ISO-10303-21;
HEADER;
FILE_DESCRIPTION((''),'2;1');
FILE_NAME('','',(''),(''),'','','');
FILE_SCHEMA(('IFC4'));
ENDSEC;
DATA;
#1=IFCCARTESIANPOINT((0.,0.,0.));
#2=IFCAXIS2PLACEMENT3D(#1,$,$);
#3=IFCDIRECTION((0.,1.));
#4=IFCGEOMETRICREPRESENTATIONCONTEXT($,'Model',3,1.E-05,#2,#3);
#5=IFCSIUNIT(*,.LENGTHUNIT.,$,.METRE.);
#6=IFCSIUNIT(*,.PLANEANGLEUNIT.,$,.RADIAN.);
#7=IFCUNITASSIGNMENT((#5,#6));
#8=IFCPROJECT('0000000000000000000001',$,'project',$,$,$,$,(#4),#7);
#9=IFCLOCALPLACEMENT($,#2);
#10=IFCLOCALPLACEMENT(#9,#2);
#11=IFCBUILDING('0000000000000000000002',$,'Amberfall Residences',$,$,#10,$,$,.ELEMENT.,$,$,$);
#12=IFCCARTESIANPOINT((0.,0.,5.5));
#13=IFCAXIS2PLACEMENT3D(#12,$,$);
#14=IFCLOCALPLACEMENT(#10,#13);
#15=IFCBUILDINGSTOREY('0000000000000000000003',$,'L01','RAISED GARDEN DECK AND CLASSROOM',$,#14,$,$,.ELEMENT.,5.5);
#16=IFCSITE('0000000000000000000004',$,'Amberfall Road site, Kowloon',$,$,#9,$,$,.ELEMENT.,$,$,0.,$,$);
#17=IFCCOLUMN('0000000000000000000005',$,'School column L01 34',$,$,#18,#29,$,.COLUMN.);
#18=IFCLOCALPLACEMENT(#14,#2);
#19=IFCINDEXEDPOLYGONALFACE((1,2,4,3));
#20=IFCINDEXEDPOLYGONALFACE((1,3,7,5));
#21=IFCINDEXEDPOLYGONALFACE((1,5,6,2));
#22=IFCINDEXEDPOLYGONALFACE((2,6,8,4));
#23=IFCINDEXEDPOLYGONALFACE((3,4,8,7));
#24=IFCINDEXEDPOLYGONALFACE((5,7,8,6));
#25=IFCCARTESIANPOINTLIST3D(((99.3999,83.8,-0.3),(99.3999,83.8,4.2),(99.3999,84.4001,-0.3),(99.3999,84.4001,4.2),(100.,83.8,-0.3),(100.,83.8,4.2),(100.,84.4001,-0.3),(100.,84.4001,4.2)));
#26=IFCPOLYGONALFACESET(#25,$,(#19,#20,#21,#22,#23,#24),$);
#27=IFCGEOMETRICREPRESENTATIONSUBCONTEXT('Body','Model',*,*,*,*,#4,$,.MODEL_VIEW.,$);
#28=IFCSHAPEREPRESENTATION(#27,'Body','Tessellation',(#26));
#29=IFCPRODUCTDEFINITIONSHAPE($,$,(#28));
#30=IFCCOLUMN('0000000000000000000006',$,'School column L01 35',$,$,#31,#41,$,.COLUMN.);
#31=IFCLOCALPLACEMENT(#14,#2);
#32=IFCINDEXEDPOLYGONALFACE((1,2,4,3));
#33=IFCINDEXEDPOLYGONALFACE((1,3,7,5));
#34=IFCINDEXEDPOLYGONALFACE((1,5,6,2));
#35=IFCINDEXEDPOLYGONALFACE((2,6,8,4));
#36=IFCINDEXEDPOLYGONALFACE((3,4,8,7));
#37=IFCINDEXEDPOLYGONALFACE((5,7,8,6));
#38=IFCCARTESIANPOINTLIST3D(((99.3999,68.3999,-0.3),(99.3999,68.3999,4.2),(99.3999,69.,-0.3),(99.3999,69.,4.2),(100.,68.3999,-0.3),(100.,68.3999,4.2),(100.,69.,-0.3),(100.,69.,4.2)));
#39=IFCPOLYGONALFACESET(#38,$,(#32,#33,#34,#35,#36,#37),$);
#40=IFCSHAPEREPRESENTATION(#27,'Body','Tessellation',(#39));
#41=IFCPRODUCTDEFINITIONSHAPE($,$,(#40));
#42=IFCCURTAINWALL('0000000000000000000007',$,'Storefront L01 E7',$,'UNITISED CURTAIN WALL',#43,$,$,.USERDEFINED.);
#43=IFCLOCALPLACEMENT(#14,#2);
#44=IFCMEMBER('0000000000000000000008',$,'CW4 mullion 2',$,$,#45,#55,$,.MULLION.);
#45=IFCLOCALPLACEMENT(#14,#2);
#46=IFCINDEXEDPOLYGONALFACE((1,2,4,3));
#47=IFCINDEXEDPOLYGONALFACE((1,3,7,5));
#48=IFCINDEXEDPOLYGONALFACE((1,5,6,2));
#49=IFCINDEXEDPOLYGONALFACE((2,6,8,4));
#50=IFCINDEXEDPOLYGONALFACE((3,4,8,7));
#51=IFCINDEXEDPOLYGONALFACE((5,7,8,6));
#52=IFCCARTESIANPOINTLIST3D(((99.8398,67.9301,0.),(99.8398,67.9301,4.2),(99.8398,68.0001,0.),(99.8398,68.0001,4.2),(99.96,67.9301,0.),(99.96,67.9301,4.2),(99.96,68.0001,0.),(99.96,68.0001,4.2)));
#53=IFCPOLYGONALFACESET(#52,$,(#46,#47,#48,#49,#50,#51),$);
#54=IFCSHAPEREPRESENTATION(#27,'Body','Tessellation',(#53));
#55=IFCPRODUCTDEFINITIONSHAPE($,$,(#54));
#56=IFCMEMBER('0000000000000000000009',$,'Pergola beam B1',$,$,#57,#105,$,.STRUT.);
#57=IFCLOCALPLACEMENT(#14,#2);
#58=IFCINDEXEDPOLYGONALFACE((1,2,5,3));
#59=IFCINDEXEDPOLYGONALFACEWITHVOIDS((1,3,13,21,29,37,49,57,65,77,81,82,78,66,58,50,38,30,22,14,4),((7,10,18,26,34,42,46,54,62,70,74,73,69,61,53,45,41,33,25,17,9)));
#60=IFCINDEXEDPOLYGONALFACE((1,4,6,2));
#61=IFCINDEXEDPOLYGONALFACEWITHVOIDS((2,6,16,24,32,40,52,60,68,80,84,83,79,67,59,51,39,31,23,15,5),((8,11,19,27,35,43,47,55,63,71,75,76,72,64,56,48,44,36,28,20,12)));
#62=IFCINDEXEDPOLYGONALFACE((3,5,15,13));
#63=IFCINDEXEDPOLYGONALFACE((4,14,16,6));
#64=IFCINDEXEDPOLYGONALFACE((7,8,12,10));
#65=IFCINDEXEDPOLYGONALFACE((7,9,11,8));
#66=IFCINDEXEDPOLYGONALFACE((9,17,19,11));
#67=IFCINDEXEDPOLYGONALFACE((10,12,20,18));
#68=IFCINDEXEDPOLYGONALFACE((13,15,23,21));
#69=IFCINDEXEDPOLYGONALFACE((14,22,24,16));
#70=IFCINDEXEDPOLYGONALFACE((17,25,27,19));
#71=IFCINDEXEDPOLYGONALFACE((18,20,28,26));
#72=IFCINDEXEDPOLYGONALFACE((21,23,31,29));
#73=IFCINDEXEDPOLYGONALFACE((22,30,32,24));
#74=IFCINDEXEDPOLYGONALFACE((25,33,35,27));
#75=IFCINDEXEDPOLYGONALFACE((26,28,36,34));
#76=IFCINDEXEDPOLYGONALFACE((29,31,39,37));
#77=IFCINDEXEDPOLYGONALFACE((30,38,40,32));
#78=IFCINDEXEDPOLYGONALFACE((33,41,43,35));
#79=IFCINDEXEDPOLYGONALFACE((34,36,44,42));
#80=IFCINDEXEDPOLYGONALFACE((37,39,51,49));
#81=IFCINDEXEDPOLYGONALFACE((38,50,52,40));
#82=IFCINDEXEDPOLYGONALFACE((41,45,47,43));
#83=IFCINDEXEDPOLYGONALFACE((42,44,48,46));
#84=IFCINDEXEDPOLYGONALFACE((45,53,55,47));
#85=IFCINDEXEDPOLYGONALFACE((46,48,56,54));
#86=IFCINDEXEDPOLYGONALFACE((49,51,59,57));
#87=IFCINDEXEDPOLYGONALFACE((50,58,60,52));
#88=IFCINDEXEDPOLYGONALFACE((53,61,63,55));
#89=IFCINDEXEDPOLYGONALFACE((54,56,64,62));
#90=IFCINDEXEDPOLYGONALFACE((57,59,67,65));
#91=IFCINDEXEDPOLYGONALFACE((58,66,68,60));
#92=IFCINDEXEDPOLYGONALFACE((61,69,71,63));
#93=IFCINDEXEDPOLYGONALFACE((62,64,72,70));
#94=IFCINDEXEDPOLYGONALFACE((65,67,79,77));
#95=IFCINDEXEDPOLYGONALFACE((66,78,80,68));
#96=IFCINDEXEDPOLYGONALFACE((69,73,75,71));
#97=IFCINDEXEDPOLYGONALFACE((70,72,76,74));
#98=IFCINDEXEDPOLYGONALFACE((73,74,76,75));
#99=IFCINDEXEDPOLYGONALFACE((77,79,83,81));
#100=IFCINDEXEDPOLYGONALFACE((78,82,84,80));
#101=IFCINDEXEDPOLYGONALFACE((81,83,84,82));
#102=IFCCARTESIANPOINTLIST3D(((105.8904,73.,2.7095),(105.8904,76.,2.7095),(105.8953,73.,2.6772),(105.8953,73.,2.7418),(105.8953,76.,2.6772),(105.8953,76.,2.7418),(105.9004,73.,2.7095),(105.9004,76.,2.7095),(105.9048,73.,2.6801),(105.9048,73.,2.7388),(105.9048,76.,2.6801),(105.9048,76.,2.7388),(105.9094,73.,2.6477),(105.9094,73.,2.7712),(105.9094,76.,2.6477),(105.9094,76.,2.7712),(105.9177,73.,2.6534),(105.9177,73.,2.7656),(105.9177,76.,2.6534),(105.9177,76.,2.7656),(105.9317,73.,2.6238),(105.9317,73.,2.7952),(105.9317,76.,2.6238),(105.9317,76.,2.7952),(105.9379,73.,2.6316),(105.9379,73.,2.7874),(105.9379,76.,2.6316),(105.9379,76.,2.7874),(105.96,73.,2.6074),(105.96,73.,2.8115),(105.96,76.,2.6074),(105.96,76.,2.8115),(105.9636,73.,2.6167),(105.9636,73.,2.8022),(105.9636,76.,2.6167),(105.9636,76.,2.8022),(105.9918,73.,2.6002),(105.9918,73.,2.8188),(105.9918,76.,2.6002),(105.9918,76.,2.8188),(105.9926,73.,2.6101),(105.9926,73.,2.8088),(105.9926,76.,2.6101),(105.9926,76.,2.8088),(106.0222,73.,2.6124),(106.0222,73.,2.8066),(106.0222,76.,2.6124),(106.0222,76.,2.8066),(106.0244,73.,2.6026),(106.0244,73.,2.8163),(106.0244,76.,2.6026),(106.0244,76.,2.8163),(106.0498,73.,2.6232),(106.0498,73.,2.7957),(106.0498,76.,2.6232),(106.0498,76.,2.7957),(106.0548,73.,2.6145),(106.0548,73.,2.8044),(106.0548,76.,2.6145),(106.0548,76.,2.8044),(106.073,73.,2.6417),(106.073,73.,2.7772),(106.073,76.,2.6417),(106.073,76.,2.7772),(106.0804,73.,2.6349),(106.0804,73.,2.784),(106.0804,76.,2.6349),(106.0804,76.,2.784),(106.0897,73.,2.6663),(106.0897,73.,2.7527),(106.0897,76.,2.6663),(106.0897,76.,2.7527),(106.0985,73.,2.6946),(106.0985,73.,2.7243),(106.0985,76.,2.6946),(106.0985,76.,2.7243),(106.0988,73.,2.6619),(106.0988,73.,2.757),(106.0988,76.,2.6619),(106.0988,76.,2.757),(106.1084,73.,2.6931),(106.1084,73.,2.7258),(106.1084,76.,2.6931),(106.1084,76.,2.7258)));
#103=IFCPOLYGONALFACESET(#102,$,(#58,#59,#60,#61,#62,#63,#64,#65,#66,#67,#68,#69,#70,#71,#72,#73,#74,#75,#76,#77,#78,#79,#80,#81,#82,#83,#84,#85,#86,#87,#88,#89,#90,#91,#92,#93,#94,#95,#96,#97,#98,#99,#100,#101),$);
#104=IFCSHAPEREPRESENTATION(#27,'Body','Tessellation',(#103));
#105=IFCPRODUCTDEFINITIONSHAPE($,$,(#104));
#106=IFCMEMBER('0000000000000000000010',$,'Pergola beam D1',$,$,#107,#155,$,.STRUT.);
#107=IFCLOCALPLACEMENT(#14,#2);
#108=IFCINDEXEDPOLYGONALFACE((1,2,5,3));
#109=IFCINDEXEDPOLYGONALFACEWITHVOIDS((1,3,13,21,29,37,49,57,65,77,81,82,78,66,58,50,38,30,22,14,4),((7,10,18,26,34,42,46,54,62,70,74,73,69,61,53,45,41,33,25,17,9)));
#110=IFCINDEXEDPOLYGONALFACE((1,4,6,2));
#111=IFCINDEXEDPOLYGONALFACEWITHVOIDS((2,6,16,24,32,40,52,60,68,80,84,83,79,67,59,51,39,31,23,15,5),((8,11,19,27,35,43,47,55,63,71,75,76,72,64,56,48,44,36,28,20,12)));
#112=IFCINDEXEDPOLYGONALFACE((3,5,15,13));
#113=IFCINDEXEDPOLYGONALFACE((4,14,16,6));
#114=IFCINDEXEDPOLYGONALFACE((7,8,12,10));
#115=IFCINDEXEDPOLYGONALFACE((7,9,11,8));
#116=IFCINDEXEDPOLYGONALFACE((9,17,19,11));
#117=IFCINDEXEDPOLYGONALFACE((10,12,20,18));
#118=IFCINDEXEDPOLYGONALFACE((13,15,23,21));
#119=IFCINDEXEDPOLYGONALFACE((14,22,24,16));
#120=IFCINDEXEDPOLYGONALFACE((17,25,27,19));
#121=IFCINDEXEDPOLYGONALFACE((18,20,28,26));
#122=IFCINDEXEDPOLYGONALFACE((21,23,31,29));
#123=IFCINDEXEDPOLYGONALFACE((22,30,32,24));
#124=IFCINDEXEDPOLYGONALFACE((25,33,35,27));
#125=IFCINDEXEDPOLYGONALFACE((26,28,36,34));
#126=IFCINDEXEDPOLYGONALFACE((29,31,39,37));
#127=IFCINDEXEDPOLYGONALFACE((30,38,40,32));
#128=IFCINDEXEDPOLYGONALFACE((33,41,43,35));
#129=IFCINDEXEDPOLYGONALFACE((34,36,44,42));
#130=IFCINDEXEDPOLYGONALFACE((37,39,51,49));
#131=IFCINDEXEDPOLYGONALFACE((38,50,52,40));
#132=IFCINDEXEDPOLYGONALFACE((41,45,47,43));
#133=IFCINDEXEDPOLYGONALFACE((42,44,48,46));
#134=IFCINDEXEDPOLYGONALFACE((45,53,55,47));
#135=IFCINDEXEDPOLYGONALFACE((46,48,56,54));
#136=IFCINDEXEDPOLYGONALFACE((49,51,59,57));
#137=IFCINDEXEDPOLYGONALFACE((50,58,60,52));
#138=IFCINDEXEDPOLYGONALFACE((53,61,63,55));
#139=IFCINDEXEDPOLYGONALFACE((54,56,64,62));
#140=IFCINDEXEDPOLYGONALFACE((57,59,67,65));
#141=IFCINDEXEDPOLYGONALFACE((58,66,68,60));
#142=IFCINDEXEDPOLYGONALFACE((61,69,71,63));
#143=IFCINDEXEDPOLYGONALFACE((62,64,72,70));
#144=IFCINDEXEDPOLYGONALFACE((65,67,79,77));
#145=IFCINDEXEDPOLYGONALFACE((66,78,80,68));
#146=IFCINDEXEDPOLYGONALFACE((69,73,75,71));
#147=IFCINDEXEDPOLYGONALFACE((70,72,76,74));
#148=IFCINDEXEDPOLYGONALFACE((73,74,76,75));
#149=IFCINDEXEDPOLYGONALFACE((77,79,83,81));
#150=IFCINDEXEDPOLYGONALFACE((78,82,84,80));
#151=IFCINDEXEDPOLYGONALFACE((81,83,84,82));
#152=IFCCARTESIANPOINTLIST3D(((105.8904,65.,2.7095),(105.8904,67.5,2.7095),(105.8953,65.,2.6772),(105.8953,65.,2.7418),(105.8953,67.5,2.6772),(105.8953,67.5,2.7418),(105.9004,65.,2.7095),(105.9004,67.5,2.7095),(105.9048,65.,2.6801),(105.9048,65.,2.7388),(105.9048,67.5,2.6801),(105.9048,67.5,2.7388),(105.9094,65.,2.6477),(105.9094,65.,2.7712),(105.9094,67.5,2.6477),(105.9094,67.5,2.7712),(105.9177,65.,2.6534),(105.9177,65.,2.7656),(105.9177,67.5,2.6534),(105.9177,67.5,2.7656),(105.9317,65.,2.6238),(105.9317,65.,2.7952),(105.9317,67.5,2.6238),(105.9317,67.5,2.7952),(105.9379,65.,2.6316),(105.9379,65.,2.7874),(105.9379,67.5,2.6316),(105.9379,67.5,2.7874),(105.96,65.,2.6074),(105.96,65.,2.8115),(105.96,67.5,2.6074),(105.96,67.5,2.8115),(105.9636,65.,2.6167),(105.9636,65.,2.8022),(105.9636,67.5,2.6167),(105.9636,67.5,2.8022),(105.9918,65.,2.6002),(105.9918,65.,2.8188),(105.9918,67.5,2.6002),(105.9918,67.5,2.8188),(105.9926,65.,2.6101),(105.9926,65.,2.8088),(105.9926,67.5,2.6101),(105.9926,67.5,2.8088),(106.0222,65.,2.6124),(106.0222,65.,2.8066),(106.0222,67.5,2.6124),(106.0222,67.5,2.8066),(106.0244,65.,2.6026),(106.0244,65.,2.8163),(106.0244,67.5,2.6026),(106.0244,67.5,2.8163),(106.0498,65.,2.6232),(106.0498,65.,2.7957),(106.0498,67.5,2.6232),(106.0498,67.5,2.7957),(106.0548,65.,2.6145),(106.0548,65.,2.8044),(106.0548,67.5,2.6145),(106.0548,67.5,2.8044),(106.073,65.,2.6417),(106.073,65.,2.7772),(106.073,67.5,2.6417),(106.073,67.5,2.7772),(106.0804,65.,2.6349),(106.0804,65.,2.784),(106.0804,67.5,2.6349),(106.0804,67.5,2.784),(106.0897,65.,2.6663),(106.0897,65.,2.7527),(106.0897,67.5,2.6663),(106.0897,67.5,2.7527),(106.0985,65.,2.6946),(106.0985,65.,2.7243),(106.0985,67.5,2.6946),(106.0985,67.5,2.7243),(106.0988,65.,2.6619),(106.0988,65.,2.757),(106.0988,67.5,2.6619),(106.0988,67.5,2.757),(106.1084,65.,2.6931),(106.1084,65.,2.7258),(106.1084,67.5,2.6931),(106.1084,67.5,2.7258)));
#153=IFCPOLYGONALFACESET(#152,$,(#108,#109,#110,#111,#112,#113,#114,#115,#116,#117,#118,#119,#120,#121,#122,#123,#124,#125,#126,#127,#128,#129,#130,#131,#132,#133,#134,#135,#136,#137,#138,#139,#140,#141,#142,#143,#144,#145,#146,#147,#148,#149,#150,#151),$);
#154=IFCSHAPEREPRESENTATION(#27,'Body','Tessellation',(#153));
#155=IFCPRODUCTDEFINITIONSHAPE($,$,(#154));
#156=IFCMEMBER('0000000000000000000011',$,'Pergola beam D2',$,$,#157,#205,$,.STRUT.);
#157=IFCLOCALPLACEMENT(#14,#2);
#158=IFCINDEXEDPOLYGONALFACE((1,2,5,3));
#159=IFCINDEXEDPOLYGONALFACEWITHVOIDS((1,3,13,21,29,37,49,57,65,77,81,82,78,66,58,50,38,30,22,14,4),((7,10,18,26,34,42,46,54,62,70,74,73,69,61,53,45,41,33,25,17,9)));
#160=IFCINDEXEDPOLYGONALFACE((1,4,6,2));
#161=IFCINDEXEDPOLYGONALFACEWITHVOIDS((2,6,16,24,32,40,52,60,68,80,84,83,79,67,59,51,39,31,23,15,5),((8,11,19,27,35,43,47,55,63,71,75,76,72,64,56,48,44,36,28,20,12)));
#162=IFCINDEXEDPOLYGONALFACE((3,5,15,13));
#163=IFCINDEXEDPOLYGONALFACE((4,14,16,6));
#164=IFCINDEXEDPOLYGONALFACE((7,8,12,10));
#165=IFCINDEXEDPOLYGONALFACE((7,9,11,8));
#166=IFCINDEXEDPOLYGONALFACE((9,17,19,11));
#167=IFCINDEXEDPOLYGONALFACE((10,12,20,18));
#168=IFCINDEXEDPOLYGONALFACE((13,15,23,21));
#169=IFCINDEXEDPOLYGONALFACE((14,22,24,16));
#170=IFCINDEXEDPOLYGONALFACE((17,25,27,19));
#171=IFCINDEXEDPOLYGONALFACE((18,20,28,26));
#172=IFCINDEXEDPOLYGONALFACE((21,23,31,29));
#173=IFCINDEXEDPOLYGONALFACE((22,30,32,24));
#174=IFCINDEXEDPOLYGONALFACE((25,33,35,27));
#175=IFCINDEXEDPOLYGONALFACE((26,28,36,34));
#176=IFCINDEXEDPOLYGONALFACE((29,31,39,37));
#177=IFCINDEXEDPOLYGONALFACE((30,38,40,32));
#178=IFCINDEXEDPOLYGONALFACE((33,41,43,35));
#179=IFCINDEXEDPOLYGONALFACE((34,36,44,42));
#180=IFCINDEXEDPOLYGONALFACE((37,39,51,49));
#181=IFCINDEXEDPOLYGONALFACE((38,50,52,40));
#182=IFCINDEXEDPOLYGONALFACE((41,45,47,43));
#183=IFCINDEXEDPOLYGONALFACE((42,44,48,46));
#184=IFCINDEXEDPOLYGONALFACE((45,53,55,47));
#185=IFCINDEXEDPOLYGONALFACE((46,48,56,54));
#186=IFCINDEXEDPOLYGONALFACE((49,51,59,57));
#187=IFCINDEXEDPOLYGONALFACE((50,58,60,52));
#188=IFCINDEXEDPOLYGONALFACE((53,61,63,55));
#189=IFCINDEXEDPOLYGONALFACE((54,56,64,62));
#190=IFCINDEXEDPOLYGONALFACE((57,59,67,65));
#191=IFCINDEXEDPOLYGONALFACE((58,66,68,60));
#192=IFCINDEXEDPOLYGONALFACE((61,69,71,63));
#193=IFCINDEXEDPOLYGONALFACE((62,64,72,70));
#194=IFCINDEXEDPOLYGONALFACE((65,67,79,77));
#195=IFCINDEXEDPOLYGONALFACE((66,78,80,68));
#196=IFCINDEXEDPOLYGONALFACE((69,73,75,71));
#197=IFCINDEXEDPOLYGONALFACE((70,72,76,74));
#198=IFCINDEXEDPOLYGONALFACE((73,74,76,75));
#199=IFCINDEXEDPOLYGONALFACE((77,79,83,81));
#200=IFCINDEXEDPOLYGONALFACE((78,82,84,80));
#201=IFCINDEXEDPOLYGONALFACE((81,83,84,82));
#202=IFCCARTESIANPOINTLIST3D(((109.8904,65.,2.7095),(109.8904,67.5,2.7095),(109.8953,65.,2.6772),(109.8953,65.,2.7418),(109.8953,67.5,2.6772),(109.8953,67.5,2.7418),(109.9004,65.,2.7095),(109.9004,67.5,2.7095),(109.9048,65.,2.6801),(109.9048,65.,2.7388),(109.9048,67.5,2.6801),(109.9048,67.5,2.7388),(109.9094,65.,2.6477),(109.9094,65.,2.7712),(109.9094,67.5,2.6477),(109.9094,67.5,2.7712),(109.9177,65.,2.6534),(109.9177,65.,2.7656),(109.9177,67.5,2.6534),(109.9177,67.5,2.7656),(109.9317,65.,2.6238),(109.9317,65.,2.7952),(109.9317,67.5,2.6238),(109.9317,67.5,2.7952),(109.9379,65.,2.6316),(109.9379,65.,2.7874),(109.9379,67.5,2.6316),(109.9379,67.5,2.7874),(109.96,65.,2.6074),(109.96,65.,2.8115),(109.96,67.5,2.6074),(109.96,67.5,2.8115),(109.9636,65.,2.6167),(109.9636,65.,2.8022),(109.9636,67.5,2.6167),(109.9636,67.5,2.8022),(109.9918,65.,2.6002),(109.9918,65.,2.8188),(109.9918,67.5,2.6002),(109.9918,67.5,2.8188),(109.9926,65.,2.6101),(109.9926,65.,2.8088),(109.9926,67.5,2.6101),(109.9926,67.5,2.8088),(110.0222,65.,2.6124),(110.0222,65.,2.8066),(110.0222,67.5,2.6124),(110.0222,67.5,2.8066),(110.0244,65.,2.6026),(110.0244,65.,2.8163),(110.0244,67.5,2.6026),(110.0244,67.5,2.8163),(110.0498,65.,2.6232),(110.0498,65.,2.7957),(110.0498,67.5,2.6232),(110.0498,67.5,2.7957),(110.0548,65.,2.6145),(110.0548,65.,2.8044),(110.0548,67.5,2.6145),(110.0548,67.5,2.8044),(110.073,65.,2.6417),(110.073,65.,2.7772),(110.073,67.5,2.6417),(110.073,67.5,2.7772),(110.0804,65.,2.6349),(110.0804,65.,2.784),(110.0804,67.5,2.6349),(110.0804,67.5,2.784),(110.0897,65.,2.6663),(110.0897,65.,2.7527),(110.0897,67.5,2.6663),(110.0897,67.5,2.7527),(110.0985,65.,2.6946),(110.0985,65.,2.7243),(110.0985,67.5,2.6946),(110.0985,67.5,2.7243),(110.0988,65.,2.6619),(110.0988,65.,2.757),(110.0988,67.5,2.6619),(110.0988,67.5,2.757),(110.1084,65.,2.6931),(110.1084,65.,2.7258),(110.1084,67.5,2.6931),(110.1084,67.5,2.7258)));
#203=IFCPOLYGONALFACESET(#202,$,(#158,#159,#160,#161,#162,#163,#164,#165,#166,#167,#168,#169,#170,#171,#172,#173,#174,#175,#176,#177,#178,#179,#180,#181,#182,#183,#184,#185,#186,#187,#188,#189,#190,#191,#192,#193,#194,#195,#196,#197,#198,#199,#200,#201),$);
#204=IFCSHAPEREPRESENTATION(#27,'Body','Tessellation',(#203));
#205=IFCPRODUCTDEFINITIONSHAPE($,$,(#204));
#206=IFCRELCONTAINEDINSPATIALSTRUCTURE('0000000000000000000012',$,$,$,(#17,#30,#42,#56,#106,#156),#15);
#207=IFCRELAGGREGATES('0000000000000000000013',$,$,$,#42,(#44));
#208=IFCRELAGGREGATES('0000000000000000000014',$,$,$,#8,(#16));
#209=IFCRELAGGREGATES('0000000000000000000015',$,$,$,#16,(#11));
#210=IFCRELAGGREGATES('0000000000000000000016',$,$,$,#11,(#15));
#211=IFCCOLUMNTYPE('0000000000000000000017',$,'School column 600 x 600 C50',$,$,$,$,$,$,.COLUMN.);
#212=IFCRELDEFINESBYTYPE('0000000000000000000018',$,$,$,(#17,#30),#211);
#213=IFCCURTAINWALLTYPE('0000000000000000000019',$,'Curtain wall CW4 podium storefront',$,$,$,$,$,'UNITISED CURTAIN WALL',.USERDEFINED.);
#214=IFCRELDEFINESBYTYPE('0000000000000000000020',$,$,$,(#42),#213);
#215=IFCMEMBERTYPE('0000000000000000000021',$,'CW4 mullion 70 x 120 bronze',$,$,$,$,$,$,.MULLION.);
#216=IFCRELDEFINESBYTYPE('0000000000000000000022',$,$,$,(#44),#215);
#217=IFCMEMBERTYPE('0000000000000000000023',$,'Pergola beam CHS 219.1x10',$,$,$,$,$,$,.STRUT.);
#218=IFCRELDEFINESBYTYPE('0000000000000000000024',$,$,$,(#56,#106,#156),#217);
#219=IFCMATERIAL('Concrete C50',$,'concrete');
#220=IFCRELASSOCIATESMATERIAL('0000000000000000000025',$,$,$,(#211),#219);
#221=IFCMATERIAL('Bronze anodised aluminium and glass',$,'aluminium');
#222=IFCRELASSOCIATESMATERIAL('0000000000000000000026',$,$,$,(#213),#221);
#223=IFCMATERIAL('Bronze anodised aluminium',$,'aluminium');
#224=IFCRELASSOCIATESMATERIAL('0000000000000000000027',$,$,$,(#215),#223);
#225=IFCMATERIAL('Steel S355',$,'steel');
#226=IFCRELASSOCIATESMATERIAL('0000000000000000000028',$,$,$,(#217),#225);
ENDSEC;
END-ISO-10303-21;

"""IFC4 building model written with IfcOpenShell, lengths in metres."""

from ifc_helpers import new_model, si_unit, direction, frame, origin, origin_2d, place, context, subcontext, project, spatial, rectangle, hollow_circle, extrude, material, material_profile, profile_set, type_object, element, aggregate, save


model = new_model("IFC4")

# Units and contexts
model_context = context("Model", 3, precision=1e-05, world=origin(), true_north=direction((0.0, 1.0)))
body_context = subcontext(model_context, "Body", "Model", "MODEL_VIEW")
ifc_project = project(units=[si_unit("LENGTHUNIT", "METRE"), si_unit("PLANEANGLEUNIT", "RADIAN")], contexts=[model_context])

# Site, building, storey
site_placement = place(None, origin())
site = spatial("IfcSite", under=ifc_project, at=site_placement, Name="Amberfall Road site, Kowloon", CompositionType="ELEMENT", RefElevation=0.0)
building_placement = place(site_placement, origin())
building = spatial("IfcBuilding", under=site, at=building_placement, Name="Amberfall Residences", CompositionType="ELEMENT")
storey_placement = place(building_placement, frame((0.0, 0.0, 5.5)))
storey = spatial("IfcBuildingStorey", under=building, at=storey_placement, Name="L01", Description="RAISED GARDEN DECK AND CLASSROOM", CompositionType="ELEMENT", Elevation=5.5)

# Columns
ifc_material_1 = material(Name="Concrete C50", Category="concrete")
ifc_material_profile_1 = material_profile(ifc_material_1, rectangle(XDim=0.6001, YDim=0.6001, at=origin_2d()), Name="School column 600 x 600 C50")
ifc_profile_set_1 = profile_set([ifc_material_profile_1], Name="Concrete C50")
column_type = type_object("IfcColumnType", Name="School column 600 x 600 C50", PredefinedType="COLUMN", material=ifc_profile_set_1)
for number, where, z_axis, x_axis, name in (
    (1, (99.7, 84.1001, -0.3), (0.0, 0.0, 1.0), (1.0, 0.0, 0.0), "School column L01 34"),
    (2, (99.7, 68.7, -0.3), (0.0, 0.0, 1.0), (1.0, 0.0, 0.0), "School column L01 35"),
):
    element("IfcColumn", number, at=place(storey_placement, frame(where, z_axis=z_axis, x_axis=x_axis)), inside=storey, type_object=column_type, Name=name, PredefinedType="COLUMN", context=body_context, shape_type="SweptSolid", body=[
        extrude(rectangle(XDim=0.6001, YDim=0.6001, at=origin_2d()), origin(), (0.0, 0.0, 1.0), 4.5),
    ])

# Curtain wall, member
ifc_material_2 = material(Name="Bronze anodised aluminium and glass", Category="aluminium")
curtain_wall_type = type_object("IfcCurtainWallType", Name="Curtain wall CW4 podium storefront", ElementType="UNITISED CURTAIN WALL", PredefinedType="USERDEFINED", material=ifc_material_2)
curtain_wall_placement = place(storey_placement, origin())
curtain_wall = element("IfcCurtainWall", 3, at=curtain_wall_placement, inside=storey, type_object=curtain_wall_type, Name="Storefront L01 E7", ObjectType="UNITISED CURTAIN WALL", PredefinedType="USERDEFINED")
ifc_material_3 = material(Name="Bronze anodised aluminium", Category="aluminium")
ifc_material_profile_2 = material_profile(ifc_material_3, rectangle(XDim=0.1201, YDim=0.0701, at=origin_2d()), Name="CW4 mullion 70 x 120 bronze")
ifc_profile_set_2 = profile_set([ifc_material_profile_2], Name="Bronze anodised aluminium")
member_type_1 = type_object("IfcMemberType", Name="CW4 mullion 70 x 120 bronze", PredefinedType="MULLION", material=ifc_profile_set_2)
member_1_placement = place(storey_placement, frame((99.8999, 67.9651, 0.0), z_axis=(0.0, 0.0, 1.0), x_axis=(-1.0, 0.0, 0.0)))
member_1 = element("IfcMember", 4, at=member_1_placement, type_object=member_type_1, Name="CW4 mullion 2", PredefinedType="MULLION", context=body_context, shape_type="SweptSolid", body=[
    extrude(rectangle(XDim=0.1201, YDim=0.0701, at=origin_2d()), origin(), (0.0, 0.0, 1.0), 4.2),
])
aggregate(curtain_wall, [member_1])

# Members
ifc_material_4 = material(Name="Steel S355", Category="steel")
ifc_material_profile_3 = material_profile(ifc_material_4, hollow_circle(Radius=0.1096, WallThickness=0.01, at=origin_2d()), Name="CHS 219.1x10")
ifc_profile_set_3 = profile_set([ifc_material_profile_3], Name="Steel S355")
member_type_2 = type_object("IfcMemberType", Name="Pergola beam CHS 219.1x10", PredefinedType="STRUT", material=ifc_profile_set_3)
member_2_placement = place(storey_placement, frame((106.0, 73.0, 2.7095), z_axis=(0.0, 1.0, 0.0), x_axis=(-1.0, 0.0, 0.0)))
element("IfcMember", 5, at=member_2_placement, inside=storey, type_object=member_type_2, Name="Pergola beam B1", PredefinedType="STRUT", context=body_context, shape_type="SweptSolid", body=[
    extrude(hollow_circle(Radius=0.1096, WallThickness=0.01, at=origin_2d()), origin(), (0.0, 0.0, 1.0), 3.0),
])
for number, where, z_axis, x_axis, name in (
    (6, (106.0, 65.0, 2.7095), (0.0, 1.0, 0.0), (-1.0, 0.0, 0.0), "Pergola beam D1"),
    (7, (110.0, 65.0, 2.7095), (0.0, 1.0, 0.0), (-1.0, 0.0, 0.0), "Pergola beam D2"),
):
    element("IfcMember", number, at=place(storey_placement, frame(where, z_axis=z_axis, x_axis=x_axis)), inside=storey, type_object=member_type_2, Name=name, PredefinedType="STRUT", context=body_context, shape_type="SweptSolid", body=[
        extrude(hollow_circle(Radius=0.1096, WallThickness=0.01, at=origin_2d()), origin(), (0.0, 0.0, 1.0), 2.5),
    ])

save(model, "model.ifc")
